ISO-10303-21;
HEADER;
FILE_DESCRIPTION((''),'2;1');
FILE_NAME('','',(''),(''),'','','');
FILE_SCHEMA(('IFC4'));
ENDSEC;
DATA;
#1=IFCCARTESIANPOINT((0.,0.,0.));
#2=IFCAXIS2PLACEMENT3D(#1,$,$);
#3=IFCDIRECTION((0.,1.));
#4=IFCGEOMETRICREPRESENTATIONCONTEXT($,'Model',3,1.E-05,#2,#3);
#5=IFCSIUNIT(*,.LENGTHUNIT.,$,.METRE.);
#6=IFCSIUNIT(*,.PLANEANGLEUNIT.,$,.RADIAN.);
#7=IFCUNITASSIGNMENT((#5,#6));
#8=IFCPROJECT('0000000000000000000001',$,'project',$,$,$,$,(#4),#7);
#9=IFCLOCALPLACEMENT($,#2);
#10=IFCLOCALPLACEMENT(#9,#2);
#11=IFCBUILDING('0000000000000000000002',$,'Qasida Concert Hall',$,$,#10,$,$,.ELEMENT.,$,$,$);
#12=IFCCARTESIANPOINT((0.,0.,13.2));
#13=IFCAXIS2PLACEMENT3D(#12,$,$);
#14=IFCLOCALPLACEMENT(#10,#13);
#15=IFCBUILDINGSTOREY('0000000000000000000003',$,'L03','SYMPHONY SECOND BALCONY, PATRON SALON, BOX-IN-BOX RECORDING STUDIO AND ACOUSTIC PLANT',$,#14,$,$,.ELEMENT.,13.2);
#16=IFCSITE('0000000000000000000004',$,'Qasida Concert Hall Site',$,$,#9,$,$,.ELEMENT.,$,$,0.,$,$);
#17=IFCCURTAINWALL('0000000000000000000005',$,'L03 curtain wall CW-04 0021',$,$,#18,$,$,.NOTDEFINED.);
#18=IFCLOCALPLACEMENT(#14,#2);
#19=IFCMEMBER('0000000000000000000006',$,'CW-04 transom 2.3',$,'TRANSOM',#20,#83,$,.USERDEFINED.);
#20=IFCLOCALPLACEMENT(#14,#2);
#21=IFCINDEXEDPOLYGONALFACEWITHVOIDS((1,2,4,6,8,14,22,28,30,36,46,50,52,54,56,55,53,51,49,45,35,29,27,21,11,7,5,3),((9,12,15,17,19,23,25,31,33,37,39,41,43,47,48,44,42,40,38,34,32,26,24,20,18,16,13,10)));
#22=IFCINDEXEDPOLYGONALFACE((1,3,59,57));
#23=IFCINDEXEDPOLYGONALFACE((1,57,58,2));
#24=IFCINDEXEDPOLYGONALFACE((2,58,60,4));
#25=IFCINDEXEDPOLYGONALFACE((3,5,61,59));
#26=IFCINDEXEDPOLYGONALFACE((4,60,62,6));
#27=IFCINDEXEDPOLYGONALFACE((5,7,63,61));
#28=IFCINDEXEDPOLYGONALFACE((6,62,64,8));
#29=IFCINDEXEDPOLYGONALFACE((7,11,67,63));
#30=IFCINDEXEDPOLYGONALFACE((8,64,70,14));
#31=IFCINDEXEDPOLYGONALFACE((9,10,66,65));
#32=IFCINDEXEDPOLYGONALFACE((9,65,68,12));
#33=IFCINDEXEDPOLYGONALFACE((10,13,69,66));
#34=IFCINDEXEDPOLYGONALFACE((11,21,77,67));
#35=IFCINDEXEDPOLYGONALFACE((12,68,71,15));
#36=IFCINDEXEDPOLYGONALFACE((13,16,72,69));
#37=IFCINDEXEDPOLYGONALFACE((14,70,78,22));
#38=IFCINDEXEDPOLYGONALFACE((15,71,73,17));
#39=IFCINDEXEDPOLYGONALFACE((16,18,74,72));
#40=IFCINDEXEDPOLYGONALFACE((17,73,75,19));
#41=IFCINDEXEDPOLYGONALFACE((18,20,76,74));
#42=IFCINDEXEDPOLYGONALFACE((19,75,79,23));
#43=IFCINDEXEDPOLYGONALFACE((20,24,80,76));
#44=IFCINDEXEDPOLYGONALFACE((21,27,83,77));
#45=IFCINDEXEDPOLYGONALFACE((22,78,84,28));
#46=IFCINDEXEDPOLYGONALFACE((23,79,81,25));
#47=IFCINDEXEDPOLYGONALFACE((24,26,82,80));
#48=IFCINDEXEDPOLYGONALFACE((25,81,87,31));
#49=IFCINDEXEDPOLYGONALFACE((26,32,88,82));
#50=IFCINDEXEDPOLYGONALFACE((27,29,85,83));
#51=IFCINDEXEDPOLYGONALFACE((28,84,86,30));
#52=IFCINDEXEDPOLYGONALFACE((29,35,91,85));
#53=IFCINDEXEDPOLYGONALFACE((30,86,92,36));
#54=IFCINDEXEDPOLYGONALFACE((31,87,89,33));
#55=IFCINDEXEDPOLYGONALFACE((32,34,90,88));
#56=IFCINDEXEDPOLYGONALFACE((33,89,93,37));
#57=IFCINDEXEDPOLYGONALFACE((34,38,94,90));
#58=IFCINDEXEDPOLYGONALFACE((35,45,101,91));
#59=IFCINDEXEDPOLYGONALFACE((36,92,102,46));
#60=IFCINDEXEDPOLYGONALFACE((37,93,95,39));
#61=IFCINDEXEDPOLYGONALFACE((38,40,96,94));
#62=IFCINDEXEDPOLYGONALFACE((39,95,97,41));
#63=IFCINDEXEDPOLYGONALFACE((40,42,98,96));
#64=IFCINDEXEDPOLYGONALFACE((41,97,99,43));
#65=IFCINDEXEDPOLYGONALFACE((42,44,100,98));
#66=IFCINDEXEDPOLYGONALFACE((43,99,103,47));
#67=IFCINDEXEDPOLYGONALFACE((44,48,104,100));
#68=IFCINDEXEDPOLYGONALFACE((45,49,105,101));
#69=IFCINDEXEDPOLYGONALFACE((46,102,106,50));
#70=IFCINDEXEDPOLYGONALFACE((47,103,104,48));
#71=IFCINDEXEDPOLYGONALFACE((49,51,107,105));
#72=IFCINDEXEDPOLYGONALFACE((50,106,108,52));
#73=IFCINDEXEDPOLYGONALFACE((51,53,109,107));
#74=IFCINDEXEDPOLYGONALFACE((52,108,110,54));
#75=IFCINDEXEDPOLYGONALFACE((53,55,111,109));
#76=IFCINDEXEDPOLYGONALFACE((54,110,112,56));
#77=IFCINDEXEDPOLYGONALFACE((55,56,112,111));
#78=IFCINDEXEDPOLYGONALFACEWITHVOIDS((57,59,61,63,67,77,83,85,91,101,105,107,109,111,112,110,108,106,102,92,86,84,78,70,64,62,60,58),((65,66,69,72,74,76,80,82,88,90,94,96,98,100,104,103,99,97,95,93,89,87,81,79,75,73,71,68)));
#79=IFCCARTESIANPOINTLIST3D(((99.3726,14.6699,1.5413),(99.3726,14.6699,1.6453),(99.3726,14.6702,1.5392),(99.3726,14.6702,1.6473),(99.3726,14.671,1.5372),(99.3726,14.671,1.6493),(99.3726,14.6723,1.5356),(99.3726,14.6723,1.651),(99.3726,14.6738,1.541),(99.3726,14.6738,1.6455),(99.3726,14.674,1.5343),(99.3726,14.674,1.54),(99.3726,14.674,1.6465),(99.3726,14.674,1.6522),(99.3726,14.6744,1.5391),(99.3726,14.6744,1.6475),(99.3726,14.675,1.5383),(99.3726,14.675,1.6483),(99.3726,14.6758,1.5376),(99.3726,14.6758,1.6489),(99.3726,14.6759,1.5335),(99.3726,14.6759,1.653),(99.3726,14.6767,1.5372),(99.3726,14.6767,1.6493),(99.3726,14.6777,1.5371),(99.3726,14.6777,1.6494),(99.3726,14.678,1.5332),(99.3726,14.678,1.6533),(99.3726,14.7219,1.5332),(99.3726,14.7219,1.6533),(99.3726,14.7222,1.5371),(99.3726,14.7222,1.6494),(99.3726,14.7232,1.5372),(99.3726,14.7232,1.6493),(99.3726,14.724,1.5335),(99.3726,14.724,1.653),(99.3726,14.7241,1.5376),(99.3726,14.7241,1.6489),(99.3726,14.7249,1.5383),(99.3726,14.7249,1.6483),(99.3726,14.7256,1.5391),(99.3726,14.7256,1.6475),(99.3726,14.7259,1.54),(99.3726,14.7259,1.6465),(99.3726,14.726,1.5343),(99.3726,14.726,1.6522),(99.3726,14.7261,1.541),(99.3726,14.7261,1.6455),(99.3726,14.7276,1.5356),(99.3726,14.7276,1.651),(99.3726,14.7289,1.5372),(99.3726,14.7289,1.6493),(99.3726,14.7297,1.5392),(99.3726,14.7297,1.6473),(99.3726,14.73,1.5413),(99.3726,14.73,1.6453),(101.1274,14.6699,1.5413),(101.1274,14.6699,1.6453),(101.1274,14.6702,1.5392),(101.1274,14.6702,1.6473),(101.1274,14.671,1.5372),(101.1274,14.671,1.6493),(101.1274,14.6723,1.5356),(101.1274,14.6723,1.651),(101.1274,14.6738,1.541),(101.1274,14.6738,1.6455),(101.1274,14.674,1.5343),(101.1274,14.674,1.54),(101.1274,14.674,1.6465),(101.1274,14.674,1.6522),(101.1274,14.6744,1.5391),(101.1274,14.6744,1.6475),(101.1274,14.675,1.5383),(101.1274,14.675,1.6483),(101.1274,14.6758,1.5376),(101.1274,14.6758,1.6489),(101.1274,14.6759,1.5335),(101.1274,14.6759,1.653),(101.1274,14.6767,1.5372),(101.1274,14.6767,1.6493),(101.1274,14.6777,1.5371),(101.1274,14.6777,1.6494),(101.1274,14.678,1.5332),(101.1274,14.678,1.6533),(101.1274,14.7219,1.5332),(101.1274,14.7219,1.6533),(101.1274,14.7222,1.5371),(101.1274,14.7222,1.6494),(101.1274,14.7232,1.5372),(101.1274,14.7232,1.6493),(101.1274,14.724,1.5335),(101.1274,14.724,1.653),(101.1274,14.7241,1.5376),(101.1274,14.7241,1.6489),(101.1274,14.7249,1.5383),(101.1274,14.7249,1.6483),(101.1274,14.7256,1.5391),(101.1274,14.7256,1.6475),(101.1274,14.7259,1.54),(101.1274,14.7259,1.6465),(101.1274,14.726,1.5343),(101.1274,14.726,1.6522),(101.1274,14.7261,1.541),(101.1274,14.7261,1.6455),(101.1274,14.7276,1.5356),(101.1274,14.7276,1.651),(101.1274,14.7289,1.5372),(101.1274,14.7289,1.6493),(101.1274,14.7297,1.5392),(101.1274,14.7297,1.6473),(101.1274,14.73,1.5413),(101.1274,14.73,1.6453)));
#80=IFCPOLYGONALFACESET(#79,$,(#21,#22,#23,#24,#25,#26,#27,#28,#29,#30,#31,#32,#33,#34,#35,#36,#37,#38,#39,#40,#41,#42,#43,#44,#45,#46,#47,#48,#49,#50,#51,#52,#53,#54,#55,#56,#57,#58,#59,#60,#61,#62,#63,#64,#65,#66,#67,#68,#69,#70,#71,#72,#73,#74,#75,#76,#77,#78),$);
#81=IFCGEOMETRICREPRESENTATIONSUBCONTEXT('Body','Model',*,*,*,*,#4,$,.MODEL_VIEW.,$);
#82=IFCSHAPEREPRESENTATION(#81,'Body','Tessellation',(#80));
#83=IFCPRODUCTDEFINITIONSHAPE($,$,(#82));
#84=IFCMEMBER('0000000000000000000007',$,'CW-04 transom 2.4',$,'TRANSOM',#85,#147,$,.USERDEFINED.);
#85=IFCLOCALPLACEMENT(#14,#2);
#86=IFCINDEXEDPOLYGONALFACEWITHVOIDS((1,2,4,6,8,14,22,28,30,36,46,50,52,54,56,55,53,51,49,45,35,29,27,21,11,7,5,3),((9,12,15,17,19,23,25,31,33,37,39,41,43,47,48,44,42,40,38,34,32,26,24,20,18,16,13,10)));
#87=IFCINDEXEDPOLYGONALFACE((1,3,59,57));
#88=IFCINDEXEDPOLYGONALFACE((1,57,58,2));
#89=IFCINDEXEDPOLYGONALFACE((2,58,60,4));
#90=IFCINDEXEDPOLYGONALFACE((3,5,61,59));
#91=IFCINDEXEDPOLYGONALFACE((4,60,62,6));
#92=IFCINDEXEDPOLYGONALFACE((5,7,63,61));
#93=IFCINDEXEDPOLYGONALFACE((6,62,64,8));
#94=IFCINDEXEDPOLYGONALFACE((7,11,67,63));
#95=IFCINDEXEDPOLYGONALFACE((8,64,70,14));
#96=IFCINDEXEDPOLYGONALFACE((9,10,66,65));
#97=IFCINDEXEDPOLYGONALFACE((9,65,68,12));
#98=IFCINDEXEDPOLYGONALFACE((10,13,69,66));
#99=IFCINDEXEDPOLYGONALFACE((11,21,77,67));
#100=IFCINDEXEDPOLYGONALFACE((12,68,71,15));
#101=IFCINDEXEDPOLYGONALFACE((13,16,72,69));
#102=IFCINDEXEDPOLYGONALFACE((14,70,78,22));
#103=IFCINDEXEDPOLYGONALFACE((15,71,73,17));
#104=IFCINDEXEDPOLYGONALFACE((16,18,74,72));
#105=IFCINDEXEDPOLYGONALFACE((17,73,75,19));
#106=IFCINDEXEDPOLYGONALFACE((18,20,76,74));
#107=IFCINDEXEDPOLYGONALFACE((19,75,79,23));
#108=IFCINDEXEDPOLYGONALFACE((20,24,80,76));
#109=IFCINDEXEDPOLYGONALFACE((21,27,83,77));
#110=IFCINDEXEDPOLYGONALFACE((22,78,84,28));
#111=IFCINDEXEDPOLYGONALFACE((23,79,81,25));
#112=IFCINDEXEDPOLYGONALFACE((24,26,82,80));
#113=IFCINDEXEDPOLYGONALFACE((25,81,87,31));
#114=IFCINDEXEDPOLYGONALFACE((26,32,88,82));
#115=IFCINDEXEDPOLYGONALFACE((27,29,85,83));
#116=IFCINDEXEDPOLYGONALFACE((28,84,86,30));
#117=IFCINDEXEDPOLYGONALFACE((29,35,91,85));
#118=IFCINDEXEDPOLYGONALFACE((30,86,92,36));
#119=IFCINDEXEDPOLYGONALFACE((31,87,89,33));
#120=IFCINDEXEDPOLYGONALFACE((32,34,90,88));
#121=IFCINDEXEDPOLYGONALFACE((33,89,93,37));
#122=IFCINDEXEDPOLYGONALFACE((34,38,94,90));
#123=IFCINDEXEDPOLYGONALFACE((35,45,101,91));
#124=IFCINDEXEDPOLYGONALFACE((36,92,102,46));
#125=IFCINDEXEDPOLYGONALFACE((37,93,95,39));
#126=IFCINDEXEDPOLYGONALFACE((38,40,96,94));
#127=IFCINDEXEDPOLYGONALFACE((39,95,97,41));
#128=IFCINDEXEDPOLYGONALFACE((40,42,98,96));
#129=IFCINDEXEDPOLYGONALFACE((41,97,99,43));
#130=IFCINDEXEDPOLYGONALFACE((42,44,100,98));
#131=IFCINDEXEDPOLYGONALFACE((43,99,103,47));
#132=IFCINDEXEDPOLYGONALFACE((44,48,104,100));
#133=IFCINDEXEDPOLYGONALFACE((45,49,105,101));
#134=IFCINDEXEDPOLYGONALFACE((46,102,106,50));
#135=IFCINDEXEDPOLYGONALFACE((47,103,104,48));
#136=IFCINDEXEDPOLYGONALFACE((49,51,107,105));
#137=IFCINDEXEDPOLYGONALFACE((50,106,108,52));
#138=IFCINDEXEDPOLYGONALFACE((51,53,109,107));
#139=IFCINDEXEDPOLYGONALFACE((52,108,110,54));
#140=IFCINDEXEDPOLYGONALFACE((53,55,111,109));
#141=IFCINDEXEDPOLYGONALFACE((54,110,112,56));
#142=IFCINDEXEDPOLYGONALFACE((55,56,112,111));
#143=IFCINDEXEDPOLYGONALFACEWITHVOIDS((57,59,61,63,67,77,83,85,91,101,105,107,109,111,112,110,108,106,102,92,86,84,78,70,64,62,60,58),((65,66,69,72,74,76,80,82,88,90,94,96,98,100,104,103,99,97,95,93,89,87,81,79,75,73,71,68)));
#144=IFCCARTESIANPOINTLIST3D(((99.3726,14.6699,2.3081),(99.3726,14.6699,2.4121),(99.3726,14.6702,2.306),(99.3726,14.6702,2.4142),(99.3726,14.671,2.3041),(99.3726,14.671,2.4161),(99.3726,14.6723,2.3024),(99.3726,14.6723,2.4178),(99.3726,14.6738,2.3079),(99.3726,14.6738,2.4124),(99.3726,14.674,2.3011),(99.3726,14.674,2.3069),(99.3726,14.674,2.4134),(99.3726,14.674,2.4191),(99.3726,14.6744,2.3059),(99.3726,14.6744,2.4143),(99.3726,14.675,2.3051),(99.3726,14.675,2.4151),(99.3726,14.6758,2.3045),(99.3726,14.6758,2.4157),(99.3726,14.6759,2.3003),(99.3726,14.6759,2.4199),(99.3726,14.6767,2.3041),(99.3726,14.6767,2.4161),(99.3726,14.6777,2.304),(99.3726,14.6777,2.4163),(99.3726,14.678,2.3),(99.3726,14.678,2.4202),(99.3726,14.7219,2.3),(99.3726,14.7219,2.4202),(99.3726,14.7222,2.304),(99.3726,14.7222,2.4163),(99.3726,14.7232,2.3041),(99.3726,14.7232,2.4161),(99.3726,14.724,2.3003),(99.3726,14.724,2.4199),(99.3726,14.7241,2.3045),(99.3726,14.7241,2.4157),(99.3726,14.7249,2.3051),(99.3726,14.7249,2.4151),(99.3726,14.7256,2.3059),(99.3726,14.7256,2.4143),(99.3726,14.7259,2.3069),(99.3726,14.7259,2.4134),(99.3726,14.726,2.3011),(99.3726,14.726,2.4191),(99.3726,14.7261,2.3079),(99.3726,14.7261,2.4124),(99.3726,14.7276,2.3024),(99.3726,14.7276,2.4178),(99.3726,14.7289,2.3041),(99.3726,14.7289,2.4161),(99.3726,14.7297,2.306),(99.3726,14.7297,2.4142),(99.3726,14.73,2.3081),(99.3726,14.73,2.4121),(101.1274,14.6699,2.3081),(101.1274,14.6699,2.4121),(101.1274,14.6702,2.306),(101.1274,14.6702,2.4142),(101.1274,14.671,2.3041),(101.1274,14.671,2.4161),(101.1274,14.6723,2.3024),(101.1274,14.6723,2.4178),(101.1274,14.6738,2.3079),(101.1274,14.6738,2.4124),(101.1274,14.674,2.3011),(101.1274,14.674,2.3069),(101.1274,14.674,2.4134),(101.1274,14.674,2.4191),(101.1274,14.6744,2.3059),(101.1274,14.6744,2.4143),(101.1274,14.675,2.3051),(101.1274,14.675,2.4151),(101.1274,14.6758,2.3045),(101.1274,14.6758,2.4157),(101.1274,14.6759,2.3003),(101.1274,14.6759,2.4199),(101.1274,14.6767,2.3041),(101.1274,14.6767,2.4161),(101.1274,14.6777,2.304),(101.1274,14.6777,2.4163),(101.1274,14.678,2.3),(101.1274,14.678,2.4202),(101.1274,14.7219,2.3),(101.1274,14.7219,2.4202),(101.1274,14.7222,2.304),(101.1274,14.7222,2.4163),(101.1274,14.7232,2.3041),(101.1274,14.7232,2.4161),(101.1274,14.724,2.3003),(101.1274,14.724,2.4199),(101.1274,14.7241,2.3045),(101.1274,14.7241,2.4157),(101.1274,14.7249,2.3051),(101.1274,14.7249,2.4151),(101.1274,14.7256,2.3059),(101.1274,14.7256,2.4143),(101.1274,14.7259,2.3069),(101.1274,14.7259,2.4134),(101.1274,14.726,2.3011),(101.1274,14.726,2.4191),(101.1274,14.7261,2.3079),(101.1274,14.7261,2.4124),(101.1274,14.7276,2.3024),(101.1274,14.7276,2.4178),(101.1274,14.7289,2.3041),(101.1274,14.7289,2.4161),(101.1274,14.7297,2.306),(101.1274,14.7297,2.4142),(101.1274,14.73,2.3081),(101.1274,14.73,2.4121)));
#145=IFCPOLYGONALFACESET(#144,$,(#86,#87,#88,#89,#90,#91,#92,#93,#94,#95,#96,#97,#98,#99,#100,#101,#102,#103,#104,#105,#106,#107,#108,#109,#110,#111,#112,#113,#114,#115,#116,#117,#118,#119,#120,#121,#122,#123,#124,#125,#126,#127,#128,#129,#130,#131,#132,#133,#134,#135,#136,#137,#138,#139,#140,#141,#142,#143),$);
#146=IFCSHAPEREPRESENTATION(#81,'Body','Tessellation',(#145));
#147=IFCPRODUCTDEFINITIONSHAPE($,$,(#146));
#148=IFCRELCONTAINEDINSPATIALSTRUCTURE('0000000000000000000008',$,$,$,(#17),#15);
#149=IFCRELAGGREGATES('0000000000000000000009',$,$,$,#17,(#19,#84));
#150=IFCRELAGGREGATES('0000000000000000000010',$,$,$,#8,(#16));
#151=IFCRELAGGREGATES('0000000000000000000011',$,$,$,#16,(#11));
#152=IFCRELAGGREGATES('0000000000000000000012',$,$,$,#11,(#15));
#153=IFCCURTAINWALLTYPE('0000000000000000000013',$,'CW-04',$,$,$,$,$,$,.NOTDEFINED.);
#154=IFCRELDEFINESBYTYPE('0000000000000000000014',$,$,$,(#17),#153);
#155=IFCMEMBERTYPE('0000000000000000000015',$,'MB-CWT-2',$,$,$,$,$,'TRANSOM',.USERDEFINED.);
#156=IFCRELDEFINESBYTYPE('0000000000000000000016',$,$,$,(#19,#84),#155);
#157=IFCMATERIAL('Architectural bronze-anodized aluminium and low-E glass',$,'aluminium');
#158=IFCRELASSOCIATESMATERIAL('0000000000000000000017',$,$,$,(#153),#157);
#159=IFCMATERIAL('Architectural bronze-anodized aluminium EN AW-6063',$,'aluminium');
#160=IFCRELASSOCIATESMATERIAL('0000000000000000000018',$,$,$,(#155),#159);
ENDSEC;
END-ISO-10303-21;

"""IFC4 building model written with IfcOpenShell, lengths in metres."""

from ifc_helpers import new_model, si_unit, direction, frame, origin, origin_2d, place, context, subcontext, project, spatial, hollow_rectangle, extrude, material, material_profile, profile_set, type_object, element, aggregate, save


model = new_model("IFC4")

# Units and contexts
model_context = context("Model", 3, precision=1e-05, world=origin(), true_north=direction((0.0, 1.0)))
body_context = subcontext(model_context, "Body", "Model", "MODEL_VIEW")
ifc_project = project(units=[si_unit("LENGTHUNIT", "METRE"), si_unit("PLANEANGLEUNIT", "RADIAN")], contexts=[model_context])

# Site, building, storey
site_placement = place(None, origin())
site = spatial("IfcSite", under=ifc_project, at=site_placement, Name="Qasida Concert Hall Site", CompositionType="ELEMENT", RefElevation=0.0)
building_placement = place(site_placement, origin())
building = spatial("IfcBuilding", under=site, at=building_placement, Name="Qasida Concert Hall", CompositionType="ELEMENT")
storey_placement = place(building_placement, frame((0.0, 0.0, 13.2)))
storey = spatial("IfcBuildingStorey", under=building, at=storey_placement, Name="L03", Description="SYMPHONY SECOND BALCONY, PATRON SALON, BOX-IN-BOX RECORDING STUDIO AND ACOUSTIC PLANT", CompositionType="ELEMENT", Elevation=13.2)

# Shared definitions
ifc_material_1 = material(Name="Architectural bronze-anodized aluminium and low-E glass", Category="aluminium")
curtain_wall_type = type_object("IfcCurtainWallType", Name="CW-04", PredefinedType="NOTDEFINED", material=ifc_material_1)
ifc_material_2 = material(Name="Architectural bronze-anodized aluminium EN AW-6063", Category="aluminium")

# Curtain wall, members
curtain_wall_1_placement = place(storey_placement, origin())
curtain_wall_1 = element("IfcCurtainWall", 1, at=curtain_wall_1_placement, inside=storey, type_object=curtain_wall_type, Name="L03 curtain wall CW-04 0021", PredefinedType="NOTDEFINED")
ifc_material_profile_1 = material_profile(ifc_material_2, hollow_rectangle(XDim=0.0601, YDim=0.1201, WallThickness=0.0039, InnerFilletRadius=0.0039, OuterFilletRadius=0.0081, at=origin_2d()), Name="CWT 120x60x4")
ifc_profile_set_1 = profile_set([ifc_material_profile_1], Name="Architectural bronze-anodized aluminium EN AW-6063")
member_type_1 = type_object("IfcMemberType", Name="MB-CWT-2", ElementType="TRANSOM", PredefinedType="USERDEFINED", material=ifc_profile_set_1)
member_1_placement = place(storey_placement, frame((99.3726, 14.7, 1.5933), z_axis=(1.0, 0.0, 0.0), x_axis=(0.0, 1.0, 0.0)))
member_1 = element("IfcMember", 2, at=member_1_placement, type_object=member_type_1, Name="CW-04 transom 2.3", ObjectType="TRANSOM", PredefinedType="USERDEFINED", context=body_context, shape_type="SweptSolid", body=[
    extrude(hollow_rectangle(XDim=0.0601, YDim=0.1201, WallThickness=0.0039, InnerFilletRadius=0.0039, OuterFilletRadius=0.0081, at=origin_2d()), origin(), (0.0, 0.0, 1.0), 1.7549),
])
member_2_placement = place(storey_placement, frame((99.3726, 14.7, 2.3601), z_axis=(1.0, 0.0, 0.0), x_axis=(0.0, 1.0, 0.0)))
member_2 = element("IfcMember", 3, at=member_2_placement, type_object=member_type_1, Name="CW-04 transom 2.4", ObjectType="TRANSOM", PredefinedType="USERDEFINED", context=body_context, shape_type="SweptSolid", body=[
    extrude(hollow_rectangle(XDim=0.0601, YDim=0.1201, WallThickness=0.0039, InnerFilletRadius=0.0039, OuterFilletRadius=0.0081, at=origin_2d()), origin(), (0.0, 0.0, 1.0), 1.7549),
])

aggregate(curtain_wall_1, [member_1, member_2])

save(model, "model.ifc")
